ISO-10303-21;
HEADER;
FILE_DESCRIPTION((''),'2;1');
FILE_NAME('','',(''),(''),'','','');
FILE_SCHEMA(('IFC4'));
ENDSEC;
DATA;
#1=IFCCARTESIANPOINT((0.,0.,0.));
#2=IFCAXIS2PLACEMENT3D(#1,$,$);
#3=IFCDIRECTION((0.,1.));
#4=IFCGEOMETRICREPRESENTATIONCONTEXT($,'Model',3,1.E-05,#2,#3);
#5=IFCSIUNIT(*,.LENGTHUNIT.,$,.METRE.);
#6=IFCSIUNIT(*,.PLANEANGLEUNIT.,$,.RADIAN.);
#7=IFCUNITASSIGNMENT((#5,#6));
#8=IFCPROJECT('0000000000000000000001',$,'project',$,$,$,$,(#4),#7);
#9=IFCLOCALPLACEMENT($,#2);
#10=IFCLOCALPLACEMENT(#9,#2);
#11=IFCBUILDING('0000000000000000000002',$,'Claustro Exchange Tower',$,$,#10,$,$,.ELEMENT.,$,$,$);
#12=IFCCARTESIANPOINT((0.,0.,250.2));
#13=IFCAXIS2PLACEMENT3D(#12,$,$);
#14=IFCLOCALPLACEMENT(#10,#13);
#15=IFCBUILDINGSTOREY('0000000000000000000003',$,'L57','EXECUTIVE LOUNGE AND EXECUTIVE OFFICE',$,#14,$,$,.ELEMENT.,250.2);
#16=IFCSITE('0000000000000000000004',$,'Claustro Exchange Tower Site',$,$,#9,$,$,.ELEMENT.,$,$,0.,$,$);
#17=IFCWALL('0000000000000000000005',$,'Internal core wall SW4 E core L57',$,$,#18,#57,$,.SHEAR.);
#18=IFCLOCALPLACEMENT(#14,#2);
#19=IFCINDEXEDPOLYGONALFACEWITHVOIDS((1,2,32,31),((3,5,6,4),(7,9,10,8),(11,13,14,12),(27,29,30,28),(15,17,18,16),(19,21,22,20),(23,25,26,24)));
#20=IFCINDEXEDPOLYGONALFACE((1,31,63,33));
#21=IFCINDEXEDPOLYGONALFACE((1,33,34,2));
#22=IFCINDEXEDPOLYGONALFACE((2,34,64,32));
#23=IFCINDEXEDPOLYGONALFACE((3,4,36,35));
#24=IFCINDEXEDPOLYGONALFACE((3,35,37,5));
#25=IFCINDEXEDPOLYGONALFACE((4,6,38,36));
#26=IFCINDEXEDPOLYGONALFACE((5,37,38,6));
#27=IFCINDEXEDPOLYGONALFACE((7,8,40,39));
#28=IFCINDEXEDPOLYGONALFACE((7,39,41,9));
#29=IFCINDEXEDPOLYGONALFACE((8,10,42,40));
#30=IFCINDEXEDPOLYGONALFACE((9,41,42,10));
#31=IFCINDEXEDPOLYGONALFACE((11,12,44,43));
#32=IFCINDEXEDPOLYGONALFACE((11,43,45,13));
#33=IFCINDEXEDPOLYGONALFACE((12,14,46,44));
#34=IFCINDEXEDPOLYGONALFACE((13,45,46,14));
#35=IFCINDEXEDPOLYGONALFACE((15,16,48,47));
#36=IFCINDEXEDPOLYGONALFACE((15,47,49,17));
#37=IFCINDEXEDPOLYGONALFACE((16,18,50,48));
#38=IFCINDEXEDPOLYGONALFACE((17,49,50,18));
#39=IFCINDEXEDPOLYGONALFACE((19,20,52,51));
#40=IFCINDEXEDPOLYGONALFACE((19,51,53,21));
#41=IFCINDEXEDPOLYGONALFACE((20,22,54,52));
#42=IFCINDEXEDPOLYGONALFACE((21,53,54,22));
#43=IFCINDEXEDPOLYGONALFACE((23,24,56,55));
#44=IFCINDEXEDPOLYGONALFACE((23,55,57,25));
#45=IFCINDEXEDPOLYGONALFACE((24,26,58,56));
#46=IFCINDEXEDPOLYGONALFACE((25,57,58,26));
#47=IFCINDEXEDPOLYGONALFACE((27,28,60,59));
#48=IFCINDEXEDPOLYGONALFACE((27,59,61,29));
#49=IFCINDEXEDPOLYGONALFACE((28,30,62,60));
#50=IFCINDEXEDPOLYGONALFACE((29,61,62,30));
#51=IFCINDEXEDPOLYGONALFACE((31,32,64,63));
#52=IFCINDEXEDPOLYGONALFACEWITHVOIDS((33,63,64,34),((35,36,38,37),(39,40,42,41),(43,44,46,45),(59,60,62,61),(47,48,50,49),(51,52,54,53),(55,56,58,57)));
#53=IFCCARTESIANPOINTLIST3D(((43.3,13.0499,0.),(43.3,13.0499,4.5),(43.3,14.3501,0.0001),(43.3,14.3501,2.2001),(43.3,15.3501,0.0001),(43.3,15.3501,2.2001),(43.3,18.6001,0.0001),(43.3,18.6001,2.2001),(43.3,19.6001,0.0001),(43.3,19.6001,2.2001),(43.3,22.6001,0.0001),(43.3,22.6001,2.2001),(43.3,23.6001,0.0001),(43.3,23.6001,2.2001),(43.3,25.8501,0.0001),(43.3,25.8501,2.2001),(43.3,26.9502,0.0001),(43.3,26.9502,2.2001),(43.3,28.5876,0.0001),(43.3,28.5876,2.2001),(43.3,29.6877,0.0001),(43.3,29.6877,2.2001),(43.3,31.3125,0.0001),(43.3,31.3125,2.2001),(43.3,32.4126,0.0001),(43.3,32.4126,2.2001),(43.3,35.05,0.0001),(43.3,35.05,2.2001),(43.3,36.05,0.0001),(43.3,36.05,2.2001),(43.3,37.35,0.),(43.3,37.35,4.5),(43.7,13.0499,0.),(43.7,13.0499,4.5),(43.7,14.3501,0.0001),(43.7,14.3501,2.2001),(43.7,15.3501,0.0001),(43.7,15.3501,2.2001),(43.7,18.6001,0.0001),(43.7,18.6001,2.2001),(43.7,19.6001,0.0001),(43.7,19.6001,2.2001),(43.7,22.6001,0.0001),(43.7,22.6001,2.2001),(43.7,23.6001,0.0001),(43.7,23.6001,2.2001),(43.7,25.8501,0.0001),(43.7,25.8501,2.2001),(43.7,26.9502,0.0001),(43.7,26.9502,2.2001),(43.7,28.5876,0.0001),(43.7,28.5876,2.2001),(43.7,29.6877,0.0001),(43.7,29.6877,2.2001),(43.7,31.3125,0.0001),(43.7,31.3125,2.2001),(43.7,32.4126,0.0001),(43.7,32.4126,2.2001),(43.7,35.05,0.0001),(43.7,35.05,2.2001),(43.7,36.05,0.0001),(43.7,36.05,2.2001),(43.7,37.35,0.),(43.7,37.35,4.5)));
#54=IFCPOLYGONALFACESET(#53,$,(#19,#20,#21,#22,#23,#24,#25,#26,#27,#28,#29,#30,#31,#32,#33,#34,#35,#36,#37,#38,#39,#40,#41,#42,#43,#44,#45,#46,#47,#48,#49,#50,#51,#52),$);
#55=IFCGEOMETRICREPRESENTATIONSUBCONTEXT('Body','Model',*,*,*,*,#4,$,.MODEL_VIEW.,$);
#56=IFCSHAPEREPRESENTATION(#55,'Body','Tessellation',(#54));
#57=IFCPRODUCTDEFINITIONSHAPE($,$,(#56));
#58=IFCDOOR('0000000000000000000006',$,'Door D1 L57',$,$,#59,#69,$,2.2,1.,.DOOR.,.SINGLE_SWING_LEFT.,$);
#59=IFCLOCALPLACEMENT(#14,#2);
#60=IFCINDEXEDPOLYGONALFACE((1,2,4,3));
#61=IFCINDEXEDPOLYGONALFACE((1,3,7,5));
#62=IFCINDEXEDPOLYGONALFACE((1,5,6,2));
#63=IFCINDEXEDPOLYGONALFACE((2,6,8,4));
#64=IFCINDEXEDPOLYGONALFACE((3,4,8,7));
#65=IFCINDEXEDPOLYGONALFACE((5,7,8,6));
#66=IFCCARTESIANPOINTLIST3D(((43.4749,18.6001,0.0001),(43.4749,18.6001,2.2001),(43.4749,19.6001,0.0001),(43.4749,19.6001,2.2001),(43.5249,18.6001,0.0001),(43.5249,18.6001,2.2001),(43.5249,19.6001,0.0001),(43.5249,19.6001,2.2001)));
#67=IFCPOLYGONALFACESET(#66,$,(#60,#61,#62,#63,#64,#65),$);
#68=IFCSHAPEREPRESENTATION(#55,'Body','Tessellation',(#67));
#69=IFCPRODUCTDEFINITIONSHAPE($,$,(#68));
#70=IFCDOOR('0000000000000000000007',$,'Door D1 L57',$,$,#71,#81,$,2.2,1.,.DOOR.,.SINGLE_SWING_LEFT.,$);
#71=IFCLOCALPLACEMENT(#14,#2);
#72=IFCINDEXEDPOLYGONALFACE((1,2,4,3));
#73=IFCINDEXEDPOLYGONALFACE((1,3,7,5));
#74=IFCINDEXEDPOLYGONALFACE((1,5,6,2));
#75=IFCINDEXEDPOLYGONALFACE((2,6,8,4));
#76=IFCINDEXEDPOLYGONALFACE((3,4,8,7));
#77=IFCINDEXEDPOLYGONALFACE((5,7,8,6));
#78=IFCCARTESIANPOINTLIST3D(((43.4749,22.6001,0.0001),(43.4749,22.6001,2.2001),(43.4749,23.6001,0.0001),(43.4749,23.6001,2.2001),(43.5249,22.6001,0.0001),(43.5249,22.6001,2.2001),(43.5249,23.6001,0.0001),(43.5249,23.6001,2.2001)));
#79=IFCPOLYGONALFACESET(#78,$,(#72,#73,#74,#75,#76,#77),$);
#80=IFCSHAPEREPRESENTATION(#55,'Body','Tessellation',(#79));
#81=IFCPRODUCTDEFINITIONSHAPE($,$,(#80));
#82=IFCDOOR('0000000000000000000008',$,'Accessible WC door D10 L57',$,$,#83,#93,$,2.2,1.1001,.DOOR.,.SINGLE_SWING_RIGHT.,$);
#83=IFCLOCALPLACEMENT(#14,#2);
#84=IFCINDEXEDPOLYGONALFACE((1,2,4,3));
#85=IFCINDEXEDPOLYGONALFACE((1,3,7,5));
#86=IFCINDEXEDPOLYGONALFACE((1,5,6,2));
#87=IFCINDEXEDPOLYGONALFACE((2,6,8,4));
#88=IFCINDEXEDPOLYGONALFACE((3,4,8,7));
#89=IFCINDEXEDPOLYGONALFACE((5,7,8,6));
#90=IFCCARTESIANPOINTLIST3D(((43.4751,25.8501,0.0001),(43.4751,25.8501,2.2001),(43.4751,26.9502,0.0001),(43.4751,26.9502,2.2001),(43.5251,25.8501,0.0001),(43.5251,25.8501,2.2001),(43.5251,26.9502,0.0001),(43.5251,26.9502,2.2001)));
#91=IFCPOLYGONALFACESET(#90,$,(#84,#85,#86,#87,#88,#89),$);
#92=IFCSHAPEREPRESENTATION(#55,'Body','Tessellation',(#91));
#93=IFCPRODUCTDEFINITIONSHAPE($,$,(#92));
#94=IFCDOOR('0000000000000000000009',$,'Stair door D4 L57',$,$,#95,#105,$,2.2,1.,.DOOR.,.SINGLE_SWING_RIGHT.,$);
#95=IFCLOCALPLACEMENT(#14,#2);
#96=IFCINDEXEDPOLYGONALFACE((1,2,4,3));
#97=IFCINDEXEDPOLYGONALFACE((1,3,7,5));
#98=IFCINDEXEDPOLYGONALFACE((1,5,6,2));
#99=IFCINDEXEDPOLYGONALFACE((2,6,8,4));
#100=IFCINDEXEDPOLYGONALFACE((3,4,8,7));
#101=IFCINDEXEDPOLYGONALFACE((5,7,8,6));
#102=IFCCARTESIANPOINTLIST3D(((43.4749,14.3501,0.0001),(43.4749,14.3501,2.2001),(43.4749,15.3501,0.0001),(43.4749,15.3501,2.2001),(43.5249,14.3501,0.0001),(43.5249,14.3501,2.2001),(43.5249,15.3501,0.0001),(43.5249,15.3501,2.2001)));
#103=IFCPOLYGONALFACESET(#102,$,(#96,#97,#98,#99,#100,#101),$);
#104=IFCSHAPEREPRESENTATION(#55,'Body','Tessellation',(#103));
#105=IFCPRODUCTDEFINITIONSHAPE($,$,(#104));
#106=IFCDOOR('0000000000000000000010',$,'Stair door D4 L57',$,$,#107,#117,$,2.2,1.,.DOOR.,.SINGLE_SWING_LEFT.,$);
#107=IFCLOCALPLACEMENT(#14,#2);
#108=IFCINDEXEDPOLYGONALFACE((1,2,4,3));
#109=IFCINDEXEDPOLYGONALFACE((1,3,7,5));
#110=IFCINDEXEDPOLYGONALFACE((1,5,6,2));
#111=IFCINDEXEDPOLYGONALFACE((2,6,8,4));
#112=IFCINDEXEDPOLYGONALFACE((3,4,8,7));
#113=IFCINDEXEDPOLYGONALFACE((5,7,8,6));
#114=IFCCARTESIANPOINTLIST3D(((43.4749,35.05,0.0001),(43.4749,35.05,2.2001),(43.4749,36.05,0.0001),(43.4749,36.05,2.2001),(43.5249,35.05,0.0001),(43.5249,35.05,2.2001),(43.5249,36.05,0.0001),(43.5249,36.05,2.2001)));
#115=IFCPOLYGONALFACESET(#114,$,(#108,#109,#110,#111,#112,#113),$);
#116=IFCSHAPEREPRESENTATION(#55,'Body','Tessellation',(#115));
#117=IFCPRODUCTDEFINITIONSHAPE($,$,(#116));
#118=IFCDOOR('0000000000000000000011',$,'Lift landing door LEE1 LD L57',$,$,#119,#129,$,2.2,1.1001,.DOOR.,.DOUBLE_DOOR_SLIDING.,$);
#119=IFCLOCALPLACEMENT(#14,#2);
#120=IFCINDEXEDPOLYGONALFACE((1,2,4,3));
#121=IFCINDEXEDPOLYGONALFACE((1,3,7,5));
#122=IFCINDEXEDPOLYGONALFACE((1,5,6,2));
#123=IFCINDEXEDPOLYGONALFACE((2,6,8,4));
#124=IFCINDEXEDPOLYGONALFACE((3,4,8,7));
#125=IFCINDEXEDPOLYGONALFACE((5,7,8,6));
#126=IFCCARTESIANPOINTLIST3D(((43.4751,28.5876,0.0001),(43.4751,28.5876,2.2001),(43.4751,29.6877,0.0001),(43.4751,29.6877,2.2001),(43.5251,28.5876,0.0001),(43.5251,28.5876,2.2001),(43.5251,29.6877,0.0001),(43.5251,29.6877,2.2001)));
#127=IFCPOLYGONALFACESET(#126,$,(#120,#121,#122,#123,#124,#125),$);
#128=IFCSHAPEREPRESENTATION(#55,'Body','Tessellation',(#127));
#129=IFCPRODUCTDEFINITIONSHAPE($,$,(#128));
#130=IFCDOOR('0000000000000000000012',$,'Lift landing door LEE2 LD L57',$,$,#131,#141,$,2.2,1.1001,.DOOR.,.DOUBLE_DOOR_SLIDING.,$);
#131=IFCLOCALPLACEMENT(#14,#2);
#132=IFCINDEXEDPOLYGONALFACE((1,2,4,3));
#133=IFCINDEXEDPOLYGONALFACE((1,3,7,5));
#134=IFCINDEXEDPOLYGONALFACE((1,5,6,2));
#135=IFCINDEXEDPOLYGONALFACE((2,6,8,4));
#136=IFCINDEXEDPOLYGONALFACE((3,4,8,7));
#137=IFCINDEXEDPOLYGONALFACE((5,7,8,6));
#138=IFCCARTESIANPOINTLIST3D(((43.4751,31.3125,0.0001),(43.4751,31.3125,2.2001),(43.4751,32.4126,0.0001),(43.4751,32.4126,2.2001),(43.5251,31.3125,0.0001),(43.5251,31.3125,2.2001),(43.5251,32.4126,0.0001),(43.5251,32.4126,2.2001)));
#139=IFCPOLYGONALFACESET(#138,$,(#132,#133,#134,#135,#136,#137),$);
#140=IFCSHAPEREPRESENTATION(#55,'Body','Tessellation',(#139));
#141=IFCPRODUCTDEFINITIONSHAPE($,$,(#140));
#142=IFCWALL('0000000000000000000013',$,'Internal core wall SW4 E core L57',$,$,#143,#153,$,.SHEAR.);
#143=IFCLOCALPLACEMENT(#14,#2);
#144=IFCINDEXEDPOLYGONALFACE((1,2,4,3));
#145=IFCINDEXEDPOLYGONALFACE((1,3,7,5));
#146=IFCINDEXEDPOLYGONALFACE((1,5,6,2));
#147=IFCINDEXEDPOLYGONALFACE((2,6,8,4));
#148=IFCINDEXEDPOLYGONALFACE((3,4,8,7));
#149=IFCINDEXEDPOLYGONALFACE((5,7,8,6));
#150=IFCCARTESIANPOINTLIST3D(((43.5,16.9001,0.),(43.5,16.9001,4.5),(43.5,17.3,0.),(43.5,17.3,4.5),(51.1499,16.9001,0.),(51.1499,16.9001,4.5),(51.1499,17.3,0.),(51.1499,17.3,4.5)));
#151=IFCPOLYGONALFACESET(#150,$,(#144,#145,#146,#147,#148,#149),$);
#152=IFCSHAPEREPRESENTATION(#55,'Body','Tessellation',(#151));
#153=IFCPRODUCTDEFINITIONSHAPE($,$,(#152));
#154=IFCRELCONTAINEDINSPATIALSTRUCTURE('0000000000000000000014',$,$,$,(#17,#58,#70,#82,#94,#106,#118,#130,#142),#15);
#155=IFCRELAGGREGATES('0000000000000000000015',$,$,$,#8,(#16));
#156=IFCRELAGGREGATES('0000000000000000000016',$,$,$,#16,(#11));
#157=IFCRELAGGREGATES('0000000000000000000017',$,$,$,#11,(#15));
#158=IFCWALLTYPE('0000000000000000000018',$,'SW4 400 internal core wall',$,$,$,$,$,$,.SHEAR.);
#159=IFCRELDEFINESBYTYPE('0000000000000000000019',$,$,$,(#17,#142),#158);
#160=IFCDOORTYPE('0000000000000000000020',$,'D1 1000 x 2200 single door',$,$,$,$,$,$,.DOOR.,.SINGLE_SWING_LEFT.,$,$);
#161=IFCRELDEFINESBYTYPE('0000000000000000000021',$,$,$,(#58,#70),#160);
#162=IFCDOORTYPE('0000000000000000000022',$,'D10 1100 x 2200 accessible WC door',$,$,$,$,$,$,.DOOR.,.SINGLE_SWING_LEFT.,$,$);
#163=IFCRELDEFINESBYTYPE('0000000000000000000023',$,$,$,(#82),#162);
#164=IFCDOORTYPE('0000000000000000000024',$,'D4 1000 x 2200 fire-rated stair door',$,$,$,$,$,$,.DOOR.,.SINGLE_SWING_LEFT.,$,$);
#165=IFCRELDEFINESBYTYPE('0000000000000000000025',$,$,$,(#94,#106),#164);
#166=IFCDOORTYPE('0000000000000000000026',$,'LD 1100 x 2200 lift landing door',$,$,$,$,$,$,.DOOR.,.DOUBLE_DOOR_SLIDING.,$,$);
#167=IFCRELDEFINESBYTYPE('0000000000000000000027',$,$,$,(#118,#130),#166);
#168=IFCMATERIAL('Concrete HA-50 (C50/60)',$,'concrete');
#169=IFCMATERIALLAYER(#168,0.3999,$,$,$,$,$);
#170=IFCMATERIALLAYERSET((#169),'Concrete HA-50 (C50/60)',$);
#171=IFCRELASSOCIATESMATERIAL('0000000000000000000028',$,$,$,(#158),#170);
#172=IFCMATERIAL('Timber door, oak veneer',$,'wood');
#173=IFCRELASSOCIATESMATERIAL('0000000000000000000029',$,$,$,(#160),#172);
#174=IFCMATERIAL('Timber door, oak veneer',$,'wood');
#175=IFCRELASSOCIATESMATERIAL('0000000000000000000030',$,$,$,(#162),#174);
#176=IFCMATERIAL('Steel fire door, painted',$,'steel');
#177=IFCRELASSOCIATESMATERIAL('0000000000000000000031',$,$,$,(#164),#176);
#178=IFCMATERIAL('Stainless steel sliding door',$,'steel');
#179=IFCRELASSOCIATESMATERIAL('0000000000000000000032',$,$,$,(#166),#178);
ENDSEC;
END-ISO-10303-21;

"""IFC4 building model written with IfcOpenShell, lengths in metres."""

from ifc_helpers import new_model, si_unit, direction, frame, frame_2d, origin, place, context, subcontext, project, spatial, rectangle, extrude, material, layer, layer_set, type_object, element, fill, save


model = new_model("IFC4")

# Units and contexts
model_context = context("Model", 3, precision=1e-05, world=origin(), true_north=direction((0.0, 1.0)))
body_context = subcontext(model_context, "Body", "Model", "MODEL_VIEW")
ifc_project = project(units=[si_unit("LENGTHUNIT", "METRE"), si_unit("PLANEANGLEUNIT", "RADIAN")], contexts=[model_context])

# Site, building, storey
site_placement = place(None, origin())
site = spatial("IfcSite", under=ifc_project, at=site_placement, Name="Claustro Exchange Tower Site", CompositionType="ELEMENT", RefElevation=0.0)
building_placement = place(site_placement, origin())
building = spatial("IfcBuilding", under=site, at=building_placement, Name="Claustro Exchange Tower", CompositionType="ELEMENT")
storey_placement = place(building_placement, frame((0.0, 0.0, 250.2)))
storey = spatial("IfcBuildingStorey", under=building, at=storey_placement, Name="L57", Description="EXECUTIVE LOUNGE AND EXECUTIVE OFFICE", CompositionType="ELEMENT", Elevation=250.2)

# Wall, openings, doors
ifc_material_1 = material(Name="Concrete HA-50 (C50/60)", Category="concrete")
ifc_layer_1 = layer(ifc_material_1, 0.3999)
ifc_layer_set_1 = layer_set([ifc_layer_1], Name="Concrete HA-50 (C50/60)")
wall_type_1 = type_object("IfcWallType", Name="SW4 400 internal core wall", PredefinedType="SHEAR", material=ifc_layer_set_1)
wall_1_placement = place(storey_placement, frame((43.5, 13.05, 0.0), z_axis=(0.0, 0.0, 1.0), x_axis=(0.0, 1.0, 0.0)))
wall_1 = element("IfcWall", 1, at=wall_1_placement, inside=storey, type_object=wall_type_1, Name="Internal core wall SW4 E core L57", PredefinedType="SHEAR", context=body_context, shape_type="SweptSolid", body=[
    extrude(rectangle(XDim=24.3, YDim=0.3999, at=frame_2d((12.1499, 0.0))), origin(), (0.0, 0.0, 1.0), 4.5),
])
opening_1_placement = place(wall_1_placement, frame((1.3, 0.0, 0.0)))
opening_1 = element("IfcOpeningElement", 2, at=opening_1_placement, cuts=wall_1, PredefinedType="OPENING", context=body_context, shape_type="SweptSolid", body=[
    extrude(rectangle(XDim=1.0, YDim=2.2, at=frame_2d((0.5, 1.1001))), frame((0.0, 0.21, 0.0), z_axis=(0.0, -1.0, 0.0), x_axis=(1.0, 0.0, 0.0)), (0.0, 0.0, 1.0), 0.4199),
])
opening_2_placement = place(wall_1_placement, frame((22.0, 0.0, 0.0)))
opening_2 = element("IfcOpeningElement", 3, at=opening_2_placement, cuts=wall_1, PredefinedType="OPENING", context=body_context, shape_type="SweptSolid", body=[
    extrude(rectangle(XDim=1.0, YDim=2.2, at=frame_2d((0.5, 1.1001))), frame((0.0, 0.21, 0.0), z_axis=(0.0, -1.0, 0.0), x_axis=(1.0, 0.0, 0.0)), (0.0, 0.0, 1.0), 0.4199),
])
opening_3_placement = place(wall_1_placement, frame((5.55, 0.0, 0.0)))
opening_3 = element("IfcOpeningElement", 4, at=opening_3_placement, cuts=wall_1, PredefinedType="OPENING", context=body_context, shape_type="SweptSolid", body=[
    extrude(rectangle(XDim=1.0, YDim=2.2, at=frame_2d((0.5, 1.1001))), frame((0.0, 0.21, 0.0), z_axis=(0.0, -1.0, 0.0), x_axis=(1.0, 0.0, 0.0)), (0.0, 0.0, 1.0), 0.4199),
])
opening_4_placement = place(wall_1_placement, frame((9.55, 0.0, 0.0)))
opening_4 = element("IfcOpeningElement", 5, at=opening_4_placement, cuts=wall_1, PredefinedType="OPENING", context=body_context, shape_type="SweptSolid", body=[
    extrude(rectangle(XDim=1.0, YDim=2.2, at=frame_2d((0.5, 1.1001))), frame((0.0, 0.21, 0.0), z_axis=(0.0, -1.0, 0.0), x_axis=(1.0, 0.0, 0.0)), (0.0, 0.0, 1.0), 0.4199),
])
opening_5_placement = place(wall_1_placement, frame((12.8, 0.0, 0.0)))
opening_5 = element("IfcOpeningElement", 6, at=opening_5_placement, cuts=wall_1, PredefinedType="OPENING", context=body_context, shape_type="SweptSolid", body=[
    extrude(rectangle(XDim=1.1001, YDim=2.2, at=frame_2d((0.55, 1.1001))), frame((0.0, 0.21, 0.0), z_axis=(0.0, -1.0, 0.0), x_axis=(1.0, 0.0, 0.0)), (0.0, 0.0, 1.0), 0.4199),
])
opening_6_placement = place(wall_1_placement, frame((15.5376, 0.0, 0.0)))
opening_6 = element("IfcOpeningElement", 7, at=opening_6_placement, cuts=wall_1, PredefinedType="OPENING", context=body_context, shape_type="SweptSolid", body=[
    extrude(rectangle(XDim=1.1001, YDim=2.2, at=frame_2d((0.55, 1.1001))), frame((0.0, 0.21, 0.0), z_axis=(0.0, -1.0, 0.0), x_axis=(1.0, 0.0, 0.0)), (0.0, 0.0, 1.0), 0.4199),
])
opening_7_placement = place(wall_1_placement, frame((18.2625, 0.0, 0.0)))
opening_7 = element("IfcOpeningElement", 8, at=opening_7_placement, cuts=wall_1, PredefinedType="OPENING", context=body_context, shape_type="SweptSolid", body=[
    extrude(rectangle(XDim=1.1001, YDim=2.2, at=frame_2d((0.55, 1.1001))), frame((0.0, 0.21, 0.0), z_axis=(0.0, -1.0, 0.0), x_axis=(1.0, 0.0, 0.0)), (0.0, 0.0, 1.0), 0.4199),
])
ifc_material_2 = material(Name="Timber door, oak veneer", Category="wood")
door_type_1 = type_object("IfcDoorType", Name="D1 1000 x 2200 single door", OperationType="SINGLE_SWING_LEFT", PredefinedType="DOOR", material=ifc_material_2)
door_1_placement = place(opening_3_placement, frame((1.0, 0.0, 0.0), z_axis=(0.0, 0.0, 1.0), x_axis=(-1.0, 0.0, 0.0)))
door_1 = element("IfcDoor", 9, at=door_1_placement, inside=storey, type_object=door_type_1, Name="Door D1 L57", OperationType="SINGLE_SWING_LEFT", OverallHeight=2.2, OverallWidth=1.0, PredefinedType="DOOR", context=body_context, shape_type="SweptSolid", body=[
    extrude(rectangle(XDim=1.0, YDim=2.2, at=frame_2d((0.5, 1.1001))), frame((0.0, 0.0249, 0.0), z_axis=(0.0, -1.0, 0.0), x_axis=(1.0, 0.0, 0.0)), (0.0, 0.0, 1.0), 0.05),
])
fill(opening_3, door_1)
door_2_placement = place(opening_4_placement, frame((1.0, 0.0, 0.0), z_axis=(0.0, 0.0, 1.0), x_axis=(-1.0, 0.0, 0.0)))
door_2 = element("IfcDoor", 10, at=door_2_placement, inside=storey, type_object=door_type_1, Name="Door D1 L57", OperationType="SINGLE_SWING_LEFT", OverallHeight=2.2, OverallWidth=1.0, PredefinedType="DOOR", context=body_context, shape_type="SweptSolid", body=[
    extrude(rectangle(XDim=1.0, YDim=2.2, at=frame_2d((0.5, 1.1001))), frame((0.0, 0.0249, 0.0), z_axis=(0.0, -1.0, 0.0), x_axis=(1.0, 0.0, 0.0)), (0.0, 0.0, 1.0), 0.05),
])
fill(opening_4, door_2)
ifc_material_3 = material(Name="Timber door, oak veneer", Category="wood")
door_type_2 = type_object("IfcDoorType", Name="D10 1100 x 2200 accessible WC door", OperationType="SINGLE_SWING_LEFT", PredefinedType="DOOR", material=ifc_material_3)
door_3_placement = place(opening_5_placement, origin())
door_3 = element("IfcDoor", 11, at=door_3_placement, inside=storey, type_object=door_type_2, Name="Accessible WC door D10 L57", OperationType="SINGLE_SWING_RIGHT", OverallHeight=2.2, OverallWidth=1.1001, PredefinedType="DOOR", context=body_context, shape_type="SweptSolid", body=[
    extrude(rectangle(XDim=1.1001, YDim=2.2, at=frame_2d((0.55, 1.1001))), frame((0.0, 0.0249, 0.0), z_axis=(0.0, -1.0, 0.0), x_axis=(1.0, 0.0, 0.0)), (0.0, 0.0, 1.0), 0.05),
])
fill(opening_5, door_3)
ifc_material_4 = material(Name="Steel fire door, painted", Category="steel")
door_type_3 = type_object("IfcDoorType", Name="D4 1000 x 2200 fire-rated stair door", OperationType="SINGLE_SWING_LEFT", PredefinedType="DOOR", material=ifc_material_4)
door_4_placement = place(opening_1_placement, frame((1.0, 0.0, 0.0), z_axis=(0.0, 0.0, 1.0), x_axis=(-1.0, 0.0, 0.0)))
door_4 = element("IfcDoor", 12, at=door_4_placement, inside=storey, type_object=door_type_3, Name="Stair door D4 L57", OperationType="SINGLE_SWING_RIGHT", OverallHeight=2.2, OverallWidth=1.0, PredefinedType="DOOR", context=body_context, shape_type="SweptSolid", body=[
    extrude(rectangle(XDim=1.0, YDim=2.2, at=frame_2d((0.5, 1.1001))), frame((0.0, 0.0249, 0.0), z_axis=(0.0, -1.0, 0.0), x_axis=(1.0, 0.0, 0.0)), (0.0, 0.0, 1.0), 0.05),
])
fill(opening_1, door_4)
door_5_placement = place(opening_2_placement, frame((1.0, 0.0, 0.0), z_axis=(0.0, 0.0, 1.0), x_axis=(-1.0, 0.0, 0.0)))
door_5 = element("IfcDoor", 13, at=door_5_placement, inside=storey, type_object=door_type_3, Name="Stair door D4 L57", OperationType="SINGLE_SWING_LEFT", OverallHeight=2.2, OverallWidth=1.0, PredefinedType="DOOR", context=body_context, shape_type="SweptSolid", body=[
    extrude(rectangle(XDim=1.0, YDim=2.2, at=frame_2d((0.5, 1.1001))), frame((0.0, 0.0249, 0.0), z_axis=(0.0, -1.0, 0.0), x_axis=(1.0, 0.0, 0.0)), (0.0, 0.0, 1.0), 0.05),
])
fill(opening_2, door_5)
ifc_material_5 = material(Name="Stainless steel sliding door", Category="steel")
door_type_4 = type_object("IfcDoorType", Name="LD 1100 x 2200 lift landing door", OperationType="DOUBLE_DOOR_SLIDING", PredefinedType="DOOR", material=ifc_material_5)
door_6_placement = place(opening_6_placement, origin())
door_6 = element("IfcDoor", 14, at=door_6_placement, inside=storey, type_object=door_type_4, Name="Lift landing door LEE1 LD L57", OperationType="DOUBLE_DOOR_SLIDING", OverallHeight=2.2, OverallWidth=1.1001, PredefinedType="DOOR", context=body_context, shape_type="SweptSolid", body=[
    extrude(rectangle(XDim=1.1001, YDim=2.2, at=frame_2d((0.55, 1.1001))), frame((0.0, 0.0249, 0.0), z_axis=(0.0, -1.0, 0.0), x_axis=(1.0, 0.0, 0.0)), (0.0, 0.0, 1.0), 0.05),
])
fill(opening_6, door_6)
door_7_placement = place(opening_7_placement, origin())
door_7 = element("IfcDoor", 15, at=door_7_placement, inside=storey, type_object=door_type_4, Name="Lift landing door LEE2 LD L57", OperationType="DOUBLE_DOOR_SLIDING", OverallHeight=2.2, OverallWidth=1.1001, PredefinedType="DOOR", context=body_context, shape_type="SweptSolid", body=[
    extrude(rectangle(XDim=1.1001, YDim=2.2, at=frame_2d((0.55, 1.1001))), frame((0.0, 0.0249, 0.0), z_axis=(0.0, -1.0, 0.0), x_axis=(1.0, 0.0, 0.0)), (0.0, 0.0, 1.0), 0.05),
])
fill(opening_7, door_7)

# Wall
for number, where, z_axis, x_axis, name in (
    (16, (51.1499, 17.1001, 0.0), (0.0, 0.0, 1.0), (-1.0, 0.0, 0.0), "Internal core wall SW4 E core L57"),
):
    element("IfcWall", number, at=place(storey_placement, frame(where, z_axis=z_axis, x_axis=x_axis)), inside=storey, type_object=wall_type_1, Name=name, PredefinedType="SHEAR", context=body_context, shape_type="SweptSolid", body=[
        extrude(rectangle(XDim=7.6499, YDim=0.3999, at=frame_2d((3.825, 0.0))), origin(), (0.0, 0.0, 1.0), 4.5),
    ])

save(model, "model.ifc")
